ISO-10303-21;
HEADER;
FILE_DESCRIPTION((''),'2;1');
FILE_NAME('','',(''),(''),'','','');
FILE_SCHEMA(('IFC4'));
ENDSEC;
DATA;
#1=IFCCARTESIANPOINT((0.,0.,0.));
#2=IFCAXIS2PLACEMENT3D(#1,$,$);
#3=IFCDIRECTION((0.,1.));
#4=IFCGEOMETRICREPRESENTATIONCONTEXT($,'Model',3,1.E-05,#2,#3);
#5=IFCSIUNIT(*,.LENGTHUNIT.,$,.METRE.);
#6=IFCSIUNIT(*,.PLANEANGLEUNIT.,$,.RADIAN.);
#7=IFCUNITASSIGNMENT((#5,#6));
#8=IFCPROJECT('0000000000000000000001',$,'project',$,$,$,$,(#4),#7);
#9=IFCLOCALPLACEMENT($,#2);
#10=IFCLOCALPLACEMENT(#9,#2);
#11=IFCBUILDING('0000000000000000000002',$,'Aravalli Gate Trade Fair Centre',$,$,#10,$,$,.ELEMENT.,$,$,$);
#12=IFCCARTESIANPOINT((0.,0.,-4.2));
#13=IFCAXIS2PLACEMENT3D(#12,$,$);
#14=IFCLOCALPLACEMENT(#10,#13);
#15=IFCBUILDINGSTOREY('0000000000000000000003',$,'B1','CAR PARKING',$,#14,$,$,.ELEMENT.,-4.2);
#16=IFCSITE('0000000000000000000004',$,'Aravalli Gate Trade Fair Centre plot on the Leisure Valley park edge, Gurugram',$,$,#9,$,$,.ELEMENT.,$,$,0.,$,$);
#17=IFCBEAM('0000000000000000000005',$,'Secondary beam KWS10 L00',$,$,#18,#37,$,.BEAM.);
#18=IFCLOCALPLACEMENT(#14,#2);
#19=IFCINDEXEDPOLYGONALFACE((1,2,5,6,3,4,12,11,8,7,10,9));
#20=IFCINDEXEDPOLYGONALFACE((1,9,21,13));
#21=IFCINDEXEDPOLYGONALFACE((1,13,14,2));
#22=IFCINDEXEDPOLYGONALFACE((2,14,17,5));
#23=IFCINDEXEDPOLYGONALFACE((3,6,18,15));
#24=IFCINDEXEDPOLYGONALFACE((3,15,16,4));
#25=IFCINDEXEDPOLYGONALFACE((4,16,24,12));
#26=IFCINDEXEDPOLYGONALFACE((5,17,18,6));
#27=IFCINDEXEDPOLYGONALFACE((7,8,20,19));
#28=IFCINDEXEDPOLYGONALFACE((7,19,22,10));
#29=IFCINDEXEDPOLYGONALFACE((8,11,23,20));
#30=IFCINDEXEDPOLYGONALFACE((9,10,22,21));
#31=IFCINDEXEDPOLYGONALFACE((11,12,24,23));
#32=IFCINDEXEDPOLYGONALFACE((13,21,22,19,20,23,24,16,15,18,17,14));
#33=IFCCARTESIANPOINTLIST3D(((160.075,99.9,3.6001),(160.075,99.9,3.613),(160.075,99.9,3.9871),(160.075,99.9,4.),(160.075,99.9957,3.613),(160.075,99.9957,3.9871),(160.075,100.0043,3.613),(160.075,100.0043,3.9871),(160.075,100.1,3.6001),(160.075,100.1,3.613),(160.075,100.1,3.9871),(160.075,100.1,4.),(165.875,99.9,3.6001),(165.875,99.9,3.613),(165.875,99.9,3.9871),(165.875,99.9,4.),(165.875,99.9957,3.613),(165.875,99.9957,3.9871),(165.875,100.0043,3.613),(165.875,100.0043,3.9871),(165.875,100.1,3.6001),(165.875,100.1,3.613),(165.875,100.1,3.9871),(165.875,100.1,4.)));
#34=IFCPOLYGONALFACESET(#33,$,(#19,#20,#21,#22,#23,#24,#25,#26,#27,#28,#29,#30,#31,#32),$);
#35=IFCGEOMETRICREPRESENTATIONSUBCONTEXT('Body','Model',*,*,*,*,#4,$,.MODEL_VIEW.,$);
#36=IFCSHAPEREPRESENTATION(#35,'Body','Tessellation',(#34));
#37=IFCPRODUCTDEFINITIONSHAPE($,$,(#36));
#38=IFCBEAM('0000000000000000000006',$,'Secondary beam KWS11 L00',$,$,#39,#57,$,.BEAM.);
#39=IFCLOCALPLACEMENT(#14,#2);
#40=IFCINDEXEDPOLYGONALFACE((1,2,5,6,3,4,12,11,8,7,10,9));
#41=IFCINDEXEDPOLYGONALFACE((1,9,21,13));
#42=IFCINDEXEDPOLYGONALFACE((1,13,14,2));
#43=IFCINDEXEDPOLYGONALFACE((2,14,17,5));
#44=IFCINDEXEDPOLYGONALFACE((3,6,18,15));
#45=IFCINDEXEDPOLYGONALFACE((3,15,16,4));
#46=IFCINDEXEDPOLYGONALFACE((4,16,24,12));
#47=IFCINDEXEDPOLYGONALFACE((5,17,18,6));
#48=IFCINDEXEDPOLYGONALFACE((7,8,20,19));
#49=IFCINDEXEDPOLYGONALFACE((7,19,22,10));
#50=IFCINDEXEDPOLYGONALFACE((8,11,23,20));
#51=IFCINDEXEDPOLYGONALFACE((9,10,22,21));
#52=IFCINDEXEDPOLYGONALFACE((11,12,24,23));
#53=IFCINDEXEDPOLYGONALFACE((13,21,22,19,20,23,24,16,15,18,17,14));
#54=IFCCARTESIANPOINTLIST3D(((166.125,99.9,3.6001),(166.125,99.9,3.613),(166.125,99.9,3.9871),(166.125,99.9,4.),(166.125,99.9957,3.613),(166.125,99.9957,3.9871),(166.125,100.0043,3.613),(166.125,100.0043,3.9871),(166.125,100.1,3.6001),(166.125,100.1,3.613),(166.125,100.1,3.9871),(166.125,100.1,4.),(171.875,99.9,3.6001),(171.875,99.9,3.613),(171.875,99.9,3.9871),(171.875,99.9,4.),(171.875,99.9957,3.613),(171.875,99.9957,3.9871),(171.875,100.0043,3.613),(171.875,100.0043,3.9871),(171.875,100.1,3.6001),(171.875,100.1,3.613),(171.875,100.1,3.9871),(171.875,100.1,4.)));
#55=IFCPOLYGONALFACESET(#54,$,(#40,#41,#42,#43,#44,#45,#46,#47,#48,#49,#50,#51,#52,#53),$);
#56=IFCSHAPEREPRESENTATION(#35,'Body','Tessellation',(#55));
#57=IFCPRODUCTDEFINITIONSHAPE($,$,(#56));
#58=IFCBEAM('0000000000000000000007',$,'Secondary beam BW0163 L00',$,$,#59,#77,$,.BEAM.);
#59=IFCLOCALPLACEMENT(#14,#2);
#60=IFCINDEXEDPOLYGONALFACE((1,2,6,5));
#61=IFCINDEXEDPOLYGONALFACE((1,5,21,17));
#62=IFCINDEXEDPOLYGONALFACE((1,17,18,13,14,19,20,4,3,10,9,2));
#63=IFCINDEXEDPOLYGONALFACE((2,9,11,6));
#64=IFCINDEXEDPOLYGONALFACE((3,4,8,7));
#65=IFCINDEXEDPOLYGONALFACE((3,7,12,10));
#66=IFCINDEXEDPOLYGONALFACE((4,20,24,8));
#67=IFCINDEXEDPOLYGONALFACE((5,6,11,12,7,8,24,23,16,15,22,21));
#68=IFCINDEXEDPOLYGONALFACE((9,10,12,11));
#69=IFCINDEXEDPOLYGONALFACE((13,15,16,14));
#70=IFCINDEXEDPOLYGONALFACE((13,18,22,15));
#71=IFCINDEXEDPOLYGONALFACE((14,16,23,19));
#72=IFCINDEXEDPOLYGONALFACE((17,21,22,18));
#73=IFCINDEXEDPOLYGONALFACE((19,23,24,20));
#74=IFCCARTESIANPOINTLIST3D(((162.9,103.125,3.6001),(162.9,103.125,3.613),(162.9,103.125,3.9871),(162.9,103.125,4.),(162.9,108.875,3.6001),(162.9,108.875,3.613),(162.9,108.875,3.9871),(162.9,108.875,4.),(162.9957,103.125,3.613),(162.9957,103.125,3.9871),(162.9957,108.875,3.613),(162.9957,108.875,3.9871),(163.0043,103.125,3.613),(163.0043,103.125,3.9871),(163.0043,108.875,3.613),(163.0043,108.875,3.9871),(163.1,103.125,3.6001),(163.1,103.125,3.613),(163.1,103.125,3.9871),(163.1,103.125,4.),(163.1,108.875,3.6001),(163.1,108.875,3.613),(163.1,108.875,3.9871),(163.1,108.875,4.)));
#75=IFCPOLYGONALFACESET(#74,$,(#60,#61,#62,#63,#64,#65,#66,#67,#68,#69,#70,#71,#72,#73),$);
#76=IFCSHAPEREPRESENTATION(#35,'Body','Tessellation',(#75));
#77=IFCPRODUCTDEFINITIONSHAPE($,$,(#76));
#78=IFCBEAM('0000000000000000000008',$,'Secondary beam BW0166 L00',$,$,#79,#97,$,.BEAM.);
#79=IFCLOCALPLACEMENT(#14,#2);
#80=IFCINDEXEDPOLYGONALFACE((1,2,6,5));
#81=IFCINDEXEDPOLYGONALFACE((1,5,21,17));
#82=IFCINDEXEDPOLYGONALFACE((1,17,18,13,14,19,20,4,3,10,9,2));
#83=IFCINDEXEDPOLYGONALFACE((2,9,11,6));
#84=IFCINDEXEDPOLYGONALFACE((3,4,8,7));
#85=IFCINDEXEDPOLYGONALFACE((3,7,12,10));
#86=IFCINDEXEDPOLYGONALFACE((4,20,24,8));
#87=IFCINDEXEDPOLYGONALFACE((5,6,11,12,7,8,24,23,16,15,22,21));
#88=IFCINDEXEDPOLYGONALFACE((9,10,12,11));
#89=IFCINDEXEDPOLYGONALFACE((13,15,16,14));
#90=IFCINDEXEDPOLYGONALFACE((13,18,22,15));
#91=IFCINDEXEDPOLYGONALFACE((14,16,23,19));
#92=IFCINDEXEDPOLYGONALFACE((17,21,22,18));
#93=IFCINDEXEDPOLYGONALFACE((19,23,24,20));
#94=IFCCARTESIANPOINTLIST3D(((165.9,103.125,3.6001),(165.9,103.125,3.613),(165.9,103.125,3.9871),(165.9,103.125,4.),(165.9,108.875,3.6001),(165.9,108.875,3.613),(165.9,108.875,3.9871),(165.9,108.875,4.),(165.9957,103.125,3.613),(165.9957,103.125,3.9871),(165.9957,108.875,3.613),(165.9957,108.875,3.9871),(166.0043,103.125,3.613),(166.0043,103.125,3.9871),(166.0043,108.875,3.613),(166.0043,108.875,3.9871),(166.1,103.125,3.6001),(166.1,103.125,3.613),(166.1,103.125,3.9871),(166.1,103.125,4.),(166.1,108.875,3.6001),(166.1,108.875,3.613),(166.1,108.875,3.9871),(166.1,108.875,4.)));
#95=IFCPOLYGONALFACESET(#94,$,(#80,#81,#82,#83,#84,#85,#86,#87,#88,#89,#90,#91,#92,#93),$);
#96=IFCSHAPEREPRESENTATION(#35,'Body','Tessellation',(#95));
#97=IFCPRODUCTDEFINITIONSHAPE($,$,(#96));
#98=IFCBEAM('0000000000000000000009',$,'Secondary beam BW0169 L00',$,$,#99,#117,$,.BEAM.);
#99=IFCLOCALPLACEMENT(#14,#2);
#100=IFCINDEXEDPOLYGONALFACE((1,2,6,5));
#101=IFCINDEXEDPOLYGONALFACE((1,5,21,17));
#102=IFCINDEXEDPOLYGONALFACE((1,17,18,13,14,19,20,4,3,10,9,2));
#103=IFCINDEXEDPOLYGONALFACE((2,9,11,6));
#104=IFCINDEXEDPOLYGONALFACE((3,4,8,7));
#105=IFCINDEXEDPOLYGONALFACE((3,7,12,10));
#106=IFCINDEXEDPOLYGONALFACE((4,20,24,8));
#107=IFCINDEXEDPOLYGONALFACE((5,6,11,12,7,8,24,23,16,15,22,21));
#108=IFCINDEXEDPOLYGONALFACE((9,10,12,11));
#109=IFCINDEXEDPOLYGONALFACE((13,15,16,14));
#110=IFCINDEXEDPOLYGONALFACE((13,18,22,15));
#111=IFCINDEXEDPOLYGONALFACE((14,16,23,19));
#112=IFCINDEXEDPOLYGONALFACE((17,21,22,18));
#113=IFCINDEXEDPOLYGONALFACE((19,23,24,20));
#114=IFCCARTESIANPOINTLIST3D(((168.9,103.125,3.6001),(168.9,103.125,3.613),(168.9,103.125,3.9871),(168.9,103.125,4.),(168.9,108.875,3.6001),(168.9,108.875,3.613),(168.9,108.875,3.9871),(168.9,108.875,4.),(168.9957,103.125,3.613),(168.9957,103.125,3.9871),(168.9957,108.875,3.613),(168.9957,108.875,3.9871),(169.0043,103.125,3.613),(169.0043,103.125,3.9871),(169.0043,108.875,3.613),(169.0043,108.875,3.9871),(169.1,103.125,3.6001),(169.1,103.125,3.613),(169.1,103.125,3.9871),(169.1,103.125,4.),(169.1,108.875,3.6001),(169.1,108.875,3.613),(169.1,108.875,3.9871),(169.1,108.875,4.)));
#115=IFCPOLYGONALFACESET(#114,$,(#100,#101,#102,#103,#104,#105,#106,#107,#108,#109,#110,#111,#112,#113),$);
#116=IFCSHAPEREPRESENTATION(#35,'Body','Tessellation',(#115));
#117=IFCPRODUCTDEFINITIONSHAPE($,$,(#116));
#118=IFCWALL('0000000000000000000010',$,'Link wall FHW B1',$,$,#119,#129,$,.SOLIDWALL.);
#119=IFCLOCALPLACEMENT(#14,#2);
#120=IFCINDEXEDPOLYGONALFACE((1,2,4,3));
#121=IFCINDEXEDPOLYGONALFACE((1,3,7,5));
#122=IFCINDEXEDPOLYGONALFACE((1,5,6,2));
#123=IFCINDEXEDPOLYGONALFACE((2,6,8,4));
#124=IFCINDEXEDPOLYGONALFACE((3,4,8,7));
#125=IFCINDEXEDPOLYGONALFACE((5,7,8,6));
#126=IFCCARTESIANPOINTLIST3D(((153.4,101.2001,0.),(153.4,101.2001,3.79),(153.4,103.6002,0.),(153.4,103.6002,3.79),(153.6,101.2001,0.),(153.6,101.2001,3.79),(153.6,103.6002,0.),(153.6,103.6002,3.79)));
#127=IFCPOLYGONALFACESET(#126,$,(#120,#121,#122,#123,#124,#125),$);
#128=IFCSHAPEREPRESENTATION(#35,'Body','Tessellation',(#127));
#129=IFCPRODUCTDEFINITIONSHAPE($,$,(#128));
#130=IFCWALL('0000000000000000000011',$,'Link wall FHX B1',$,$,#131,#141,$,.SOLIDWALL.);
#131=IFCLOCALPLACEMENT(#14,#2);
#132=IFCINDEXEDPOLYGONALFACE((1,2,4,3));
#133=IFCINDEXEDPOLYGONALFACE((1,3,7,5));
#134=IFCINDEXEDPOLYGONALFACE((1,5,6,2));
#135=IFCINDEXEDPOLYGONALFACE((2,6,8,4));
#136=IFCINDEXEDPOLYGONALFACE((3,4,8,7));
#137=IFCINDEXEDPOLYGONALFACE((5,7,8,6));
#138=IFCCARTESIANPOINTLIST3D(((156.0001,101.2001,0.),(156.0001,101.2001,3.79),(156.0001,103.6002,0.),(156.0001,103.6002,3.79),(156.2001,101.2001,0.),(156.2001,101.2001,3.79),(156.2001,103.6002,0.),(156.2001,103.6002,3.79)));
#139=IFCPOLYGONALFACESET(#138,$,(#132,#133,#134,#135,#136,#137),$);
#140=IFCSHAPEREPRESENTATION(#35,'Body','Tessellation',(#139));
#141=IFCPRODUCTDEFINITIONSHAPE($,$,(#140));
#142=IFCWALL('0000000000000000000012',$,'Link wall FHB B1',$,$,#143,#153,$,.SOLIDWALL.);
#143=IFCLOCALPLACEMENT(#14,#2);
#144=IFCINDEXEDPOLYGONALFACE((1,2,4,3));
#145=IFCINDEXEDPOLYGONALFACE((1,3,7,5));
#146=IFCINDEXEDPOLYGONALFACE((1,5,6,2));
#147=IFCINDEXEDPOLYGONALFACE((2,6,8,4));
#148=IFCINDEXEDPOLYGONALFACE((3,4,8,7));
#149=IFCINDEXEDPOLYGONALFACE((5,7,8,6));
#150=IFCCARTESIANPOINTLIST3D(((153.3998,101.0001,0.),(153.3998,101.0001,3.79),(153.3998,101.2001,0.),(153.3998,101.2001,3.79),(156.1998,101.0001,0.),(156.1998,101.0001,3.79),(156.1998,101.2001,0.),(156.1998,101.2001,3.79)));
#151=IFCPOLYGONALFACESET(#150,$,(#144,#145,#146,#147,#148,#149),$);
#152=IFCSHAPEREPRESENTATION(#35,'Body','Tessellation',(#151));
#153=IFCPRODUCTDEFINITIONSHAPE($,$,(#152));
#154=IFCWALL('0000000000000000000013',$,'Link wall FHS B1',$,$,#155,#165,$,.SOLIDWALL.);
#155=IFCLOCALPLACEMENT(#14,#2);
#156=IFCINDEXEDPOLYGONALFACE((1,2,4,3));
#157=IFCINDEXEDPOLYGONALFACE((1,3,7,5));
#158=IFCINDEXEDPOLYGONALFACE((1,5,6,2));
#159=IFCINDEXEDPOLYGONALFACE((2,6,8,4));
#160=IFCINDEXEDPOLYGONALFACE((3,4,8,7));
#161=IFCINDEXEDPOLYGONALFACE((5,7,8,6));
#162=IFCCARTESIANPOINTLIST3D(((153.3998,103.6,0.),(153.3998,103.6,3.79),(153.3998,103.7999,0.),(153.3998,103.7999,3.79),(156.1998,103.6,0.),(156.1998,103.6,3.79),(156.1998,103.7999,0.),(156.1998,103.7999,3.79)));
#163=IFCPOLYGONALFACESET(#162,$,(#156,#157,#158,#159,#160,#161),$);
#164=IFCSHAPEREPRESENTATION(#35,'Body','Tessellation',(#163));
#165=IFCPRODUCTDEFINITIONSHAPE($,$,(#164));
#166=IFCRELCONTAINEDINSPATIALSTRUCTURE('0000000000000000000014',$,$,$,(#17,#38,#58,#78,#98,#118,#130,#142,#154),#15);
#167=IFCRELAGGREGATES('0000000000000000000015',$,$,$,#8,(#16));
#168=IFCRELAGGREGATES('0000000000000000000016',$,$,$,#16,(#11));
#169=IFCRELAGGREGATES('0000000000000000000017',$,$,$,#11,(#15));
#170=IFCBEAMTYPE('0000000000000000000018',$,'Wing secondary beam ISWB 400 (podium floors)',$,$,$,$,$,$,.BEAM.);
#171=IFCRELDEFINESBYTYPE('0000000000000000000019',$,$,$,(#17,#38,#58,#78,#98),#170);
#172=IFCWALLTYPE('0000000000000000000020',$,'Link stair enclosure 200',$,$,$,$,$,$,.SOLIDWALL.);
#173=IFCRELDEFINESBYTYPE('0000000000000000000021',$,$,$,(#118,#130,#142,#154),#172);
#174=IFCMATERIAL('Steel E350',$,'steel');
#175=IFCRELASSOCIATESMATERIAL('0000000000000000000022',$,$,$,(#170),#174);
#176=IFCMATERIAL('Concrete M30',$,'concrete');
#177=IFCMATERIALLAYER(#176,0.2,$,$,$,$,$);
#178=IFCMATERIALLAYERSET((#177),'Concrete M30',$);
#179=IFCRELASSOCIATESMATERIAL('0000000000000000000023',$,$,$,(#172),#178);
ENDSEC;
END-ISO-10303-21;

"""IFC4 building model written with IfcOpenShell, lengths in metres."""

from ifc_helpers import new_model, si_unit, direction, frame, frame_2d, origin, origin_2d, place, context, subcontext, project, spatial, rectangle, i_section, extrude, material, layer, layer_set, material_profile, profile_set, type_object, element, save


model = new_model("IFC4")

# Units and contexts
model_context = context("Model", 3, precision=1e-05, world=origin(), true_north=direction((0.0, 1.0)))
body_context = subcontext(model_context, "Body", "Model", "MODEL_VIEW")
ifc_project = project(units=[si_unit("LENGTHUNIT", "METRE"), si_unit("PLANEANGLEUNIT", "RADIAN")], contexts=[model_context])

# Site, building, storey
site_placement = place(None, origin())
site = spatial("IfcSite", under=ifc_project, at=site_placement, Name="Aravalli Gate Trade Fair Centre plot on the Leisure Valley park edge, Gurugram", CompositionType="ELEMENT", RefElevation=0.0)
building_placement = place(site_placement, origin())
building = spatial("IfcBuilding", under=site, at=building_placement, Name="Aravalli Gate Trade Fair Centre", CompositionType="ELEMENT")
storey_placement = place(building_placement, frame((0.0, 0.0, -4.2)))
storey = spatial("IfcBuildingStorey", under=building, at=storey_placement, Name="B1", Description="CAR PARKING", CompositionType="ELEMENT", Elevation=-4.2)

# Shared definitions
ifc_material_1 = material(Name="Steel E350", Category="steel")

# Beams
ifc_material_profile_1 = material_profile(ifc_material_1, i_section(OverallWidth=0.2, OverallDepth=0.3999, WebThickness=0.0085, FlangeThickness=0.0129, at=origin_2d()), Name="ISWB 400")
ifc_profile_set_1 = profile_set([ifc_material_profile_1], Name="Steel E350")
beam_type_1 = type_object("IfcBeamType", Name="Wing secondary beam ISWB 400 (podium floors)", PredefinedType="BEAM", material=ifc_profile_set_1)
beam_1_placement = place(storey_placement, frame((160.075, 100.0, 3.8), z_axis=(1.0, 0.0, 0.0), x_axis=(0.0, 1.0, 0.0)))
element("IfcBeam", 1, at=beam_1_placement, inside=storey, type_object=beam_type_1, Name="Secondary beam KWS10 L00", PredefinedType="BEAM", context=body_context, shape_type="SweptSolid", body=[
    extrude(i_section(OverallWidth=0.2, OverallDepth=0.3999, WebThickness=0.0085, FlangeThickness=0.0129, at=origin_2d()), origin(), (0.0, 0.0, 1.0), 5.8),
])
for number, where, z_axis, x_axis, name in (
    (2, (166.125, 100.0, 3.8), (1.0, 0.0, 0.0), (0.0, 1.0, 0.0), "Secondary beam KWS11 L00"),
    (3, (163.0, 103.125, 3.8), (0.0, 1.0, 0.0), (-1.0, 0.0, 0.0), "Secondary beam BW0163 L00"),
    (4, (166.0, 103.125, 3.8), (0.0, 1.0, 0.0), (-1.0, 0.0, 0.0), "Secondary beam BW0166 L00"),
    (5, (169.0, 103.125, 3.8), (0.0, 1.0, 0.0), (-1.0, 0.0, 0.0), "Secondary beam BW0169 L00"),
):
    element("IfcBeam", number, at=place(storey_placement, frame(where, z_axis=z_axis, x_axis=x_axis)), inside=storey, type_object=beam_type_1, Name=name, PredefinedType="BEAM", context=body_context, shape_type="SweptSolid", body=[
        extrude(i_section(OverallWidth=0.2, OverallDepth=0.3999, WebThickness=0.0085, FlangeThickness=0.0129, at=origin_2d()), origin(), (0.0, 0.0, 1.0), 5.75),
    ])

# Walls
ifc_material_2 = material(Name="Concrete M30", Category="concrete")
ifc_layer_1 = layer(ifc_material_2, 0.2)
ifc_layer_set_1 = layer_set([ifc_layer_1], Name="Concrete M30")
wall_type_1 = type_object("IfcWallType", Name="Link stair enclosure 200", PredefinedType="SOLIDWALL", material=ifc_layer_set_1)
for number, where, z_axis, x_axis, name in (
    (6, (153.5, 101.2, 0.0), (0.0, 0.0, 1.0), (0.0, 1.0, 0.0), "Link wall FHW B1"),
    (7, (156.1001, 101.2, 0.0), (0.0, 0.0, 1.0), (0.0, 1.0, 0.0), "Link wall FHX B1"),
):
    element("IfcWall", number, at=place(storey_placement, frame(where, z_axis=z_axis, x_axis=x_axis)), inside=storey, type_object=wall_type_1, Name=name, PredefinedType="SOLIDWALL", context=body_context, shape_type="SweptSolid", body=[
        extrude(rectangle(XDim=2.4001, YDim=0.2, at=frame_2d((1.2002, 0.0))), origin(), (0.0, 0.0, 1.0), 3.79),
    ])
for number, where, z_axis, x_axis, name in (
    (8, (153.3999, 101.1001, 0.0), (0.0, 0.0, 1.0), (1.0, 0.0, 0.0), "Link wall FHB B1"),
    (9, (153.3999, 103.7, 0.0), (0.0, 0.0, 1.0), (1.0, 0.0, 0.0), "Link wall FHS B1"),
):
    element("IfcWall", number, at=place(storey_placement, frame(where, z_axis=z_axis, x_axis=x_axis)), inside=storey, type_object=wall_type_1, Name=name, PredefinedType="SOLIDWALL", context=body_context, shape_type="SweptSolid", body=[
        extrude(rectangle(XDim=2.8, YDim=0.2, at=frame_2d((1.3999, 0.0))), origin(), (0.0, 0.0, 1.0), 3.79),
    ])

save(model, "model.ifc")
